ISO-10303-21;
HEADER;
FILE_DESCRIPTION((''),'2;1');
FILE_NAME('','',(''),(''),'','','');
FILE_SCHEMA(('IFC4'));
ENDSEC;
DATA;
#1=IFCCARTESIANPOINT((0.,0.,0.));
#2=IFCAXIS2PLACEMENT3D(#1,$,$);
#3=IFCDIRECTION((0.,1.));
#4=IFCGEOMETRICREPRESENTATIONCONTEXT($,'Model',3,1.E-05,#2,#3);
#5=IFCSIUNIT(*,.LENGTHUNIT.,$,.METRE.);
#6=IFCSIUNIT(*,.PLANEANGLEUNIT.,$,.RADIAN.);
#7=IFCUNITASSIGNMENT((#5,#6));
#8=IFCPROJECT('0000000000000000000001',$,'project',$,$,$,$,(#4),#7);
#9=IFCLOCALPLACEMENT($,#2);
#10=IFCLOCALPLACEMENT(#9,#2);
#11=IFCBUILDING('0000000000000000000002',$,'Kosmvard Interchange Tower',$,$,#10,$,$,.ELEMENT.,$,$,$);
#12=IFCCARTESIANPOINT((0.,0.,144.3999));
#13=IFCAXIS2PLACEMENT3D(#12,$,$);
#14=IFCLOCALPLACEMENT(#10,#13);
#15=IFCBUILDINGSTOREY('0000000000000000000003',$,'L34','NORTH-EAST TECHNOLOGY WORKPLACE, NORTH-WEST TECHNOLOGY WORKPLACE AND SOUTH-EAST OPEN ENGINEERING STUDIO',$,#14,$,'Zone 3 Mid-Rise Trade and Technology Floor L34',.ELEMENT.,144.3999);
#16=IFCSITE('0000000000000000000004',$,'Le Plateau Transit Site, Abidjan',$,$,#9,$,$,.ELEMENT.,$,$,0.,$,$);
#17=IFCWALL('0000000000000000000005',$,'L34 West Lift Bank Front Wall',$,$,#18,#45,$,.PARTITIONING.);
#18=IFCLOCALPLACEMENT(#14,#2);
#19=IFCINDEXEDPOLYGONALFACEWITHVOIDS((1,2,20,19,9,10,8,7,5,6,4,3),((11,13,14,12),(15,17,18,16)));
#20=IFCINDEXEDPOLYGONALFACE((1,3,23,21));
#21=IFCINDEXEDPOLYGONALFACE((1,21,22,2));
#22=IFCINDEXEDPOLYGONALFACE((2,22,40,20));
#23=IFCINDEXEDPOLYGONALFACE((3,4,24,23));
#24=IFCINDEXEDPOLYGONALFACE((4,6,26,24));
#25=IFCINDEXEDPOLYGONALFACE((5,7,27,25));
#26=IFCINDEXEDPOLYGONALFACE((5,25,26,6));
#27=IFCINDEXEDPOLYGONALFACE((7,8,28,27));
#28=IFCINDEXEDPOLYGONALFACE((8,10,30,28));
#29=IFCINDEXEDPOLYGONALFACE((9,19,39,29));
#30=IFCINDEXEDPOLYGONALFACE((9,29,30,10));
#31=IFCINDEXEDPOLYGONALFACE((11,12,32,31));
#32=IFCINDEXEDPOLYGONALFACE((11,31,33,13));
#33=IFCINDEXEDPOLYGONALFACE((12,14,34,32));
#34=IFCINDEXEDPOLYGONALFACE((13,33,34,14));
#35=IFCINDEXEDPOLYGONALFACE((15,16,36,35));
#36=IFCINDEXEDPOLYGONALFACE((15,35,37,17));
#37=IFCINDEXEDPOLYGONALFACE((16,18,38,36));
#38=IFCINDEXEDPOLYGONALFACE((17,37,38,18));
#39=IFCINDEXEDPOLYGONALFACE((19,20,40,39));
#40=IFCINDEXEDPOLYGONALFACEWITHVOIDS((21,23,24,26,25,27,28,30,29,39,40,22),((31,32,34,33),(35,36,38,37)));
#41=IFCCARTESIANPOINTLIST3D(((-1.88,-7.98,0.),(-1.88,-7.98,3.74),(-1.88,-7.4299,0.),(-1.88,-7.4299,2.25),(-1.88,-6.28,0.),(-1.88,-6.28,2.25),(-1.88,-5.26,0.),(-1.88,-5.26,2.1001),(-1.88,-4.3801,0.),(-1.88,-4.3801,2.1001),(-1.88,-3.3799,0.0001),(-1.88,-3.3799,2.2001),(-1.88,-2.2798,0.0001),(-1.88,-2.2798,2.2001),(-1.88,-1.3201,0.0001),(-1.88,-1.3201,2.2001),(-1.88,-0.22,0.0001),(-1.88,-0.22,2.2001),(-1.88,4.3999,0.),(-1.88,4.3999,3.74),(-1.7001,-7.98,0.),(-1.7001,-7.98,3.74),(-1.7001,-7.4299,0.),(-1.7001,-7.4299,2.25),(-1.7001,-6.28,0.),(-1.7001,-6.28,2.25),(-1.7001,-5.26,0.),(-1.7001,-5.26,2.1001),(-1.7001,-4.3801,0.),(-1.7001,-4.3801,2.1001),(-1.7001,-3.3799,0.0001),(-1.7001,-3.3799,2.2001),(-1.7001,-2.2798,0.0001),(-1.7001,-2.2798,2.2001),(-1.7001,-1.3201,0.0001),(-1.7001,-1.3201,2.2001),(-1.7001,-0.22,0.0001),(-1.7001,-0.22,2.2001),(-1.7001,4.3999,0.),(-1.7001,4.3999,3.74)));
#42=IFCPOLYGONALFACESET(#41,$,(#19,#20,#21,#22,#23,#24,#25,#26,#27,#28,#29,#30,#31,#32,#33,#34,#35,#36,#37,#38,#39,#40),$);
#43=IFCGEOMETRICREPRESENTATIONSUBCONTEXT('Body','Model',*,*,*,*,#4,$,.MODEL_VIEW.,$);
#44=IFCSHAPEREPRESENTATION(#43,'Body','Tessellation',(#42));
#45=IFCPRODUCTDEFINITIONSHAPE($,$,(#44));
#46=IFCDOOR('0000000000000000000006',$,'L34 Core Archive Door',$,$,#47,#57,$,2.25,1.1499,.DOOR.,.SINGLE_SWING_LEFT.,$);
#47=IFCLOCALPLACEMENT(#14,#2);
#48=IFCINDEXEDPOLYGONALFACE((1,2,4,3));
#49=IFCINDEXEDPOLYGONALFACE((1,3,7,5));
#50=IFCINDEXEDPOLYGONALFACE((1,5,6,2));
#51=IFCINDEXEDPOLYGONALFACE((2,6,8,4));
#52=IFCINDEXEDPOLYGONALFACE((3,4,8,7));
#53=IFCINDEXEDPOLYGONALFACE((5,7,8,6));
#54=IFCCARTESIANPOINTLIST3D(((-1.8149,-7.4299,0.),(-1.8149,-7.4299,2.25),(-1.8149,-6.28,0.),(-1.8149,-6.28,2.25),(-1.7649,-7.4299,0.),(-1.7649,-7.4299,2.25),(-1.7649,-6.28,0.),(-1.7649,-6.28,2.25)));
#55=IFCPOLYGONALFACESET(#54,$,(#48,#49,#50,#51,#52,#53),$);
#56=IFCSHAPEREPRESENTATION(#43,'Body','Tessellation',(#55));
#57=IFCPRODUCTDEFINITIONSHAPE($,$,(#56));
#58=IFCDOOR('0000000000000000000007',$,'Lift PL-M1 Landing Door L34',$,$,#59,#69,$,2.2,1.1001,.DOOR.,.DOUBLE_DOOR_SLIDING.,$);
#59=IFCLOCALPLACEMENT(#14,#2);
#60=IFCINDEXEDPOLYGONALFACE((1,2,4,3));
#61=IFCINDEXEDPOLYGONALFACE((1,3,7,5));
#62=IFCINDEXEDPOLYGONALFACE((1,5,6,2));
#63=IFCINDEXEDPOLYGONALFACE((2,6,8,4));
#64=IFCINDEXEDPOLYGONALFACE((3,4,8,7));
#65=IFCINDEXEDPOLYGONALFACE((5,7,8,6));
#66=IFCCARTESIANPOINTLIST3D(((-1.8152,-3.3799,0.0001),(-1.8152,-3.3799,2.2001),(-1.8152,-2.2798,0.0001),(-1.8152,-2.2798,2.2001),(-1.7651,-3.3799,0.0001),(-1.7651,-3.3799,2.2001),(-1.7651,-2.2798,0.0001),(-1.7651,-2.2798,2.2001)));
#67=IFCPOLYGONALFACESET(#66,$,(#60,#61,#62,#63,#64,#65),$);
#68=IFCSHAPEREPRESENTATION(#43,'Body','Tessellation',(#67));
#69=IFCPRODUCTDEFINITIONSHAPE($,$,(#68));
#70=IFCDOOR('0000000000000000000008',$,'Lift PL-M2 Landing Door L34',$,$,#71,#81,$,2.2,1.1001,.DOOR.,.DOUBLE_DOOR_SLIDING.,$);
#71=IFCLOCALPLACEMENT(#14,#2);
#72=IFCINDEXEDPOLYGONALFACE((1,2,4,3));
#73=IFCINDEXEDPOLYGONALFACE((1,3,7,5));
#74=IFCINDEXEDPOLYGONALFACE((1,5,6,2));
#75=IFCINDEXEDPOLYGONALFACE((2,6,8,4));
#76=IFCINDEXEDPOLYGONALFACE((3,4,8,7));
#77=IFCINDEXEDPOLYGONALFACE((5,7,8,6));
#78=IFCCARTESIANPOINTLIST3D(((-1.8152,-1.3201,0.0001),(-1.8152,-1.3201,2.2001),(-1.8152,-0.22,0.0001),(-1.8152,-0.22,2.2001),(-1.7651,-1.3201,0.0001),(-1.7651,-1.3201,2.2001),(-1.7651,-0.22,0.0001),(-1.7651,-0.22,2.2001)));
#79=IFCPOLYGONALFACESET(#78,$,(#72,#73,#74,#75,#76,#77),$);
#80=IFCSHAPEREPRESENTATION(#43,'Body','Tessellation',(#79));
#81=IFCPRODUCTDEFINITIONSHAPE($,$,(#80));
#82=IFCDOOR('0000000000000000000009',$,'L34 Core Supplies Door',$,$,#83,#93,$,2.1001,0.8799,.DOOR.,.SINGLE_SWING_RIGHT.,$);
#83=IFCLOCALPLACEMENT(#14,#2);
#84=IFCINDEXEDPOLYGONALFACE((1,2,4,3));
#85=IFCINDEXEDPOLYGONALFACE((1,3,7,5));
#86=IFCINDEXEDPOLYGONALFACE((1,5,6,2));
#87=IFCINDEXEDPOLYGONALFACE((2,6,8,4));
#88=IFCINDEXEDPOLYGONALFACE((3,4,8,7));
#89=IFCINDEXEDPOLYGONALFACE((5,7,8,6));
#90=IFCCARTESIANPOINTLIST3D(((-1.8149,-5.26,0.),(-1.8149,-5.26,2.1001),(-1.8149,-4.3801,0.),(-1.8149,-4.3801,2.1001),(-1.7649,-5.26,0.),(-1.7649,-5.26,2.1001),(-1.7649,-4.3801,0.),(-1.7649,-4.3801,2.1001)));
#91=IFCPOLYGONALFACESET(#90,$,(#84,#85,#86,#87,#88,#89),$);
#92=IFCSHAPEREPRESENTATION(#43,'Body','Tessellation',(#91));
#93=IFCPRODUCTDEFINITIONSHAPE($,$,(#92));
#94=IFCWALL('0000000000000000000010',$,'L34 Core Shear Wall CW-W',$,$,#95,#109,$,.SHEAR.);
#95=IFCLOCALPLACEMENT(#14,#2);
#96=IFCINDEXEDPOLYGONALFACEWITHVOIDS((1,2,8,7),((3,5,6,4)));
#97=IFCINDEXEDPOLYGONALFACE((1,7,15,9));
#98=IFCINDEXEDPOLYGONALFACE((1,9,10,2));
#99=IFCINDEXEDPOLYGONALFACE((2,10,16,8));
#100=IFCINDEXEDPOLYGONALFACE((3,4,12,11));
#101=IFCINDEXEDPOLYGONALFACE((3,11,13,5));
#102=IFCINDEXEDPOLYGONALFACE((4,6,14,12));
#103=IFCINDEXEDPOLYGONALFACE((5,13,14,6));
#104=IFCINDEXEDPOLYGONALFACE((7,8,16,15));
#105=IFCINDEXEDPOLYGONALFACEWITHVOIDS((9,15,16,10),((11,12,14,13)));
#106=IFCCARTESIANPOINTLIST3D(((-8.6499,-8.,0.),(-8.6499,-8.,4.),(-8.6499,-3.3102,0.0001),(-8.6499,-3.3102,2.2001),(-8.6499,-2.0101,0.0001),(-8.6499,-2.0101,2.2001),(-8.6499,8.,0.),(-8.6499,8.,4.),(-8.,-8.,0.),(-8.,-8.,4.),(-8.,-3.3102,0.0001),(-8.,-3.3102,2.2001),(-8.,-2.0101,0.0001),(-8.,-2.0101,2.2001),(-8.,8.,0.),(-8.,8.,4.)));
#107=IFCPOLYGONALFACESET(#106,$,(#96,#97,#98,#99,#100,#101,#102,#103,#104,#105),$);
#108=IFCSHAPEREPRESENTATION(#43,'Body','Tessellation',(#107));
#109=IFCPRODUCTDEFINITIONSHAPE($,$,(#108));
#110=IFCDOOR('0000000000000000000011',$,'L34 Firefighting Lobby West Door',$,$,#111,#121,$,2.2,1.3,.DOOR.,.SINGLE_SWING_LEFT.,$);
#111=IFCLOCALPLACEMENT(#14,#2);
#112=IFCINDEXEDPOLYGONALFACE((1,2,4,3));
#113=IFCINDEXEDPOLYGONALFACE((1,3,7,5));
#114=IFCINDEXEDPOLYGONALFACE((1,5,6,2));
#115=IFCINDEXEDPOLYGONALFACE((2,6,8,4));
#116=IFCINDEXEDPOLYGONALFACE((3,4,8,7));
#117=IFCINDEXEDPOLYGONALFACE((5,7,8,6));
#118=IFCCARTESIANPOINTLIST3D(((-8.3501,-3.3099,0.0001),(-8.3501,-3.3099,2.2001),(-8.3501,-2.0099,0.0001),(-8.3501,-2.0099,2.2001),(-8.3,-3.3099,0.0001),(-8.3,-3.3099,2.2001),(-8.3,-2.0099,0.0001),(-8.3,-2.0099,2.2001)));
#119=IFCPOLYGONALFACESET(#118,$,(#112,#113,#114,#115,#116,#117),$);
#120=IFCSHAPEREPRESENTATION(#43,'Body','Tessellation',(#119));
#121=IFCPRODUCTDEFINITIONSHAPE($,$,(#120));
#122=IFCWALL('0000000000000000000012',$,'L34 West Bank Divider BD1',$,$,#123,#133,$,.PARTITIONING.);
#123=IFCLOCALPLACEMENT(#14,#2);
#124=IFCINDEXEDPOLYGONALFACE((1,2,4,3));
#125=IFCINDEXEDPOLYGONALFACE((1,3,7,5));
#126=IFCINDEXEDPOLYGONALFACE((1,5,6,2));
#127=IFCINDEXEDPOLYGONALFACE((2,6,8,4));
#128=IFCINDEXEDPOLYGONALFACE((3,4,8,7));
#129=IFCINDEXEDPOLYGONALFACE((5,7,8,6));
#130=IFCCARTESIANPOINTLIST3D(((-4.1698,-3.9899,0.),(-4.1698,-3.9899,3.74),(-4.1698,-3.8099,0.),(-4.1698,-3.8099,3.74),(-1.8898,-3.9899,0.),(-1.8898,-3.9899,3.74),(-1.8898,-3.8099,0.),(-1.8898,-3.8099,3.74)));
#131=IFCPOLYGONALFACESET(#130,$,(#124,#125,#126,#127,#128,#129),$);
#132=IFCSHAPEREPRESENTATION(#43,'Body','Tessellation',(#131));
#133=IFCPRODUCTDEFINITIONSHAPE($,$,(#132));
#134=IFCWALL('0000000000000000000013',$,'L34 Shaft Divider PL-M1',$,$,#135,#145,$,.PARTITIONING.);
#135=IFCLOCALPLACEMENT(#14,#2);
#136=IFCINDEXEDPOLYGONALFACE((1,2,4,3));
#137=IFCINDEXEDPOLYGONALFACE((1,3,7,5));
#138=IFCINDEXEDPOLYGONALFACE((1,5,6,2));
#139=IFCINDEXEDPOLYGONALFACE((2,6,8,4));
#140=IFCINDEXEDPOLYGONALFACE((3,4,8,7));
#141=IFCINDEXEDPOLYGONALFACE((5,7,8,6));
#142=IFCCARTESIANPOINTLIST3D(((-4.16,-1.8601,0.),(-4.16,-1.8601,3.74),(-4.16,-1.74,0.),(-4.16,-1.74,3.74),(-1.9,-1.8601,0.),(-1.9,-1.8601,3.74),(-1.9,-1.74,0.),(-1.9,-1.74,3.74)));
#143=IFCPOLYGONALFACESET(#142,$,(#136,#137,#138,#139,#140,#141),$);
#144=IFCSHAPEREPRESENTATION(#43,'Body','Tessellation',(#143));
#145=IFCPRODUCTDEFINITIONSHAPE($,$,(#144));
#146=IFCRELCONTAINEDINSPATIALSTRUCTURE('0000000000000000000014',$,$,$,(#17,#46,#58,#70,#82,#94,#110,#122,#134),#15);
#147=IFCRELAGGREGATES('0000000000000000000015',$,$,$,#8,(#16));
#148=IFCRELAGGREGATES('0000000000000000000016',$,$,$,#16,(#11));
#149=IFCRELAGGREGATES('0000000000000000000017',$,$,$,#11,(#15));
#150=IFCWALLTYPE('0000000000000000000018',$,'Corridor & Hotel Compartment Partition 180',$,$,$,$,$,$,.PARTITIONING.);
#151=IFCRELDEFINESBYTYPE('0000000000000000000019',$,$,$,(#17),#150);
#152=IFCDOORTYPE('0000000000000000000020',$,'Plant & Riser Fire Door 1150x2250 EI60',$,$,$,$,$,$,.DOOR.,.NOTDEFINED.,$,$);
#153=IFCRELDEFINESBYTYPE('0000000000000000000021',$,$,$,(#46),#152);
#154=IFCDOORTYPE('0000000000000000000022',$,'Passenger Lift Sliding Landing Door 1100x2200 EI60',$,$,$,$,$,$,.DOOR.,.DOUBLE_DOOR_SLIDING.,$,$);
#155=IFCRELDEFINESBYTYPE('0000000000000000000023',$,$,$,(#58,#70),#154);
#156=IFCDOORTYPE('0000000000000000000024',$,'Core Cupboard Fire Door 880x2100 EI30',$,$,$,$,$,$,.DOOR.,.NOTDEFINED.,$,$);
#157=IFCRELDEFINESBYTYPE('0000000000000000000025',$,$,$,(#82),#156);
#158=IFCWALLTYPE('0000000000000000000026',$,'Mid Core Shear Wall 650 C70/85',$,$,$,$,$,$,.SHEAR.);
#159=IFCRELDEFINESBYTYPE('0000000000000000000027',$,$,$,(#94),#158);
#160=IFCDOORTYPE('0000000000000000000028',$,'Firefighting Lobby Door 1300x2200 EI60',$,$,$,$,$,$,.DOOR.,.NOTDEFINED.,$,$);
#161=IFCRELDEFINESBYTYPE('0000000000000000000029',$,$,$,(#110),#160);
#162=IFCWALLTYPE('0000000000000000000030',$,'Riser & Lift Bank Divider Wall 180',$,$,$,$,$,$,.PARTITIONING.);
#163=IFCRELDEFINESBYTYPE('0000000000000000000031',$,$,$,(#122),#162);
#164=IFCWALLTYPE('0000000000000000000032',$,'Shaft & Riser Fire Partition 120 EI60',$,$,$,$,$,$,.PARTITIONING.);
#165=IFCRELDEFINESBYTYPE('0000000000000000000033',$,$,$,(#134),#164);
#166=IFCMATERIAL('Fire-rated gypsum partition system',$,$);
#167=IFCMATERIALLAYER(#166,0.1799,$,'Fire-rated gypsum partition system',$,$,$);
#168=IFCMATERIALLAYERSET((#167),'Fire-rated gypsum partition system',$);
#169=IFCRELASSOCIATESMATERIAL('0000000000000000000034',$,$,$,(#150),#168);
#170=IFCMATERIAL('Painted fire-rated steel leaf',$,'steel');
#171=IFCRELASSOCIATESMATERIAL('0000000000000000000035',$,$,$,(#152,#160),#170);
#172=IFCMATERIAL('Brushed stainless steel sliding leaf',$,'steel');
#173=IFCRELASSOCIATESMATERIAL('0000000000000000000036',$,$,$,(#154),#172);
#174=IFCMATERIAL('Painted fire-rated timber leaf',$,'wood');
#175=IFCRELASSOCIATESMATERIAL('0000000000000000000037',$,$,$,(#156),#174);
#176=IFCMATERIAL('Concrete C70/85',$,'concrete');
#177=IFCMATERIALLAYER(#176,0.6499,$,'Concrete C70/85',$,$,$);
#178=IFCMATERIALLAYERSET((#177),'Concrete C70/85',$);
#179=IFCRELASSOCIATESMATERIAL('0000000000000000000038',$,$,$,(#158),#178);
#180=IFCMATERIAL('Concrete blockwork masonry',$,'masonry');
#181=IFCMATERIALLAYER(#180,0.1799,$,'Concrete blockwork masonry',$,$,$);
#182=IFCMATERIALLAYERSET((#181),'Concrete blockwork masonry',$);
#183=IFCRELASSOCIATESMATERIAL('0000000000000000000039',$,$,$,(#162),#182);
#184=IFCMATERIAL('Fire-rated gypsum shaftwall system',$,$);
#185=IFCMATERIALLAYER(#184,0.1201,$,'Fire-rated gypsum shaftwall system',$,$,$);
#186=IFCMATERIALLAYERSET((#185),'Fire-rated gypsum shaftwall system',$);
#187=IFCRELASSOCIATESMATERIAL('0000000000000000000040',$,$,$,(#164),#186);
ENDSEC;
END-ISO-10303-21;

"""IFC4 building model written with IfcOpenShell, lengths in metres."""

from ifc_helpers import new_model, si_unit, direction, frame, frame_2d, origin, place, context, subcontext, project, spatial, rectangle, extrude, source, transform, mapped, material, layer, layer_set, type_object, element, fill, save


model = new_model("IFC4")

# Units and contexts
model_context = context("Model", 3, precision=1e-05, world=origin(), true_north=direction((0.0, 1.0)))
body_context = subcontext(model_context, "Body", "Model", "MODEL_VIEW")
ifc_project = project(units=[si_unit("LENGTHUNIT", "METRE"), si_unit("PLANEANGLEUNIT", "RADIAN")], contexts=[model_context])

# Site, building, storey
site_placement = place(None, origin())
site = spatial("IfcSite", under=ifc_project, at=site_placement, Name="Le Plateau Transit Site, Abidjan", CompositionType="ELEMENT", RefElevation=0.0)
building_placement = place(site_placement, origin())
building = spatial("IfcBuilding", under=site, at=building_placement, Name="Kosmvard Interchange Tower", CompositionType="ELEMENT")
storey_placement = place(building_placement, frame((0.0, 0.0, 144.3999)))
storey = spatial("IfcBuildingStorey", under=building, at=storey_placement, Name="L34", Description="NORTH-EAST TECHNOLOGY WORKPLACE, NORTH-WEST TECHNOLOGY WORKPLACE AND SOUTH-EAST OPEN ENGINEERING STUDIO", LongName="Zone 3 Mid-Rise Trade and Technology Floor L34", CompositionType="ELEMENT", Elevation=144.3999)

# Shared definitions
ifc_material_1 = material(Name="Fire-rated gypsum partition system")

# Wall, openings, doors
ifc_layer_1 = layer(ifc_material_1, 0.1799, Name="Fire-rated gypsum partition system")
ifc_layer_set_1 = layer_set([ifc_layer_1], Name="Fire-rated gypsum partition system")
wall_type_1 = type_object("IfcWallType", Name="Corridor & Hotel Compartment Partition 180", PredefinedType="PARTITIONING", material=ifc_layer_set_1)
wall_1_placement = place(storey_placement, frame((-1.79, -7.98, 0.0), z_axis=(0.0, 0.0, 1.0), x_axis=(0.0, 1.0, 0.0)))
wall_1 = element("IfcWall", 1, at=wall_1_placement, inside=storey, type_object=wall_type_1, Name="L34 West Lift Bank Front Wall", PredefinedType="PARTITIONING", context=body_context, shape_type="SweptSolid", body=[
    extrude(rectangle(XDim=12.3799, YDim=0.1799, at=frame_2d((6.1899, 0.0))), origin(), (0.0, 0.0, 1.0), 3.74),
])
opening_1_placement = place(wall_1_placement, frame((4.6001, 0.0, 0.0)))
opening_1 = element("IfcOpeningElement", 2, at=opening_1_placement, cuts=wall_1, PredefinedType="OPENING", context=body_context, shape_type="SweptSolid", body=[
    extrude(rectangle(XDim=1.1001, YDim=2.2, at=frame_2d((0.55, 1.1001))), frame((0.0, 0.1001, 0.0), z_axis=(0.0, -1.0, 0.0), x_axis=(1.0, 0.0, 0.0)), (0.0, 0.0, 1.0), 0.2),
])
opening_2_placement = place(wall_1_placement, frame((6.6599, 0.0, 0.0)))
opening_2 = element("IfcOpeningElement", 3, at=opening_2_placement, cuts=wall_1, PredefinedType="OPENING", context=body_context, shape_type="SweptSolid", body=[
    extrude(rectangle(XDim=1.1001, YDim=2.2, at=frame_2d((0.55, 1.1001))), frame((0.0, 0.1001, 0.0), z_axis=(0.0, -1.0, 0.0), x_axis=(1.0, 0.0, 0.0)), (0.0, 0.0, 1.0), 0.2),
])
opening_3_placement = place(wall_1_placement, frame((0.55, 0.0, 0.0)))
opening_3 = element("IfcOpeningElement", 4, at=opening_3_placement, cuts=wall_1, PredefinedType="OPENING", context=body_context, shape_type="SweptSolid", body=[
    extrude(rectangle(XDim=1.1499, YDim=2.25, at=frame_2d((0.575, 1.125))), frame((0.0, 0.1001, 0.0), z_axis=(0.0, -1.0, 0.0), x_axis=(1.0, 0.0, 0.0)), (0.0, 0.0, 1.0), 0.2),
])
opening_4_placement = place(wall_1_placement, frame((2.72, 0.0, 0.0)))
opening_4 = element("IfcOpeningElement", 5, at=opening_4_placement, cuts=wall_1, PredefinedType="OPENING", context=body_context, shape_type="SweptSolid", body=[
    extrude(rectangle(XDim=0.8799, YDim=2.1001, at=frame_2d((0.4399, 1.05))), frame((0.0, 0.1001, 0.0), z_axis=(0.0, -1.0, 0.0), x_axis=(1.0, 0.0, 0.0)), (0.0, 0.0, 1.0), 0.2),
])
ifc_material_2 = material(Name="Painted fire-rated steel leaf", Category="steel")
door_type_1 = type_object("IfcDoorType", Name="Plant & Riser Fire Door 1150x2250 EI60", OperationType="NOTDEFINED", PredefinedType="DOOR", material=ifc_material_2)
shared_shape_1 = source(origin(), body_context, "Body", "SweptSolid", [
    extrude(rectangle(XDim=1.1499, YDim=2.25, at=frame_2d((0.575, 1.125))), frame((0.0, 0.0249, 0.0), z_axis=(0.0, -1.0, 0.0), x_axis=(1.0, 0.0, 0.0)), (0.0, 0.0, 1.0), 0.05),
])
door_1_placement = place(opening_3_placement, origin())
door_1 = element("IfcDoor", 6, at=door_1_placement, inside=storey, type_object=door_type_1, Name="L34 Core Archive Door", OperationType="SINGLE_SWING_LEFT", OverallHeight=2.25, OverallWidth=1.1499, PredefinedType="DOOR", context=body_context, shape_type="MappedRepresentation", body=[
    mapped(shared_shape_1, transform((0.0, 0.0, 0.0), scale=1.0)),
])
fill(opening_3, door_1)
ifc_material_3 = material(Name="Brushed stainless steel sliding leaf", Category="steel")
door_type_2 = type_object("IfcDoorType", Name="Passenger Lift Sliding Landing Door 1100x2200 EI60", OperationType="DOUBLE_DOOR_SLIDING", PredefinedType="DOOR", material=ifc_material_3)
shared_shape_2 = source(origin(), body_context, "Body", "SweptSolid", [
    extrude(rectangle(XDim=1.1001, YDim=2.2, at=frame_2d((0.55, 1.1001))), frame((0.0, 0.0249, 0.0), z_axis=(0.0, -1.0, 0.0), x_axis=(1.0, 0.0, 0.0)), (0.0, 0.0, 1.0), 0.05),
])
door_2_placement = place(opening_1_placement, frame((1.1001, 0.0, 0.0), z_axis=(0.0, 0.0, 1.0), x_axis=(-1.0, 0.0, 0.0)))
door_2 = element("IfcDoor", 7, at=door_2_placement, inside=storey, type_object=door_type_2, Name="Lift PL-M1 Landing Door L34", OperationType="DOUBLE_DOOR_SLIDING", OverallHeight=2.2, OverallWidth=1.1001, PredefinedType="DOOR", context=body_context, shape_type="MappedRepresentation", body=[
    mapped(shared_shape_2, transform((0.0, 0.0, 0.0), scale=1.0)),
])
fill(opening_1, door_2)
door_3_placement = place(opening_2_placement, frame((1.1001, 0.0, 0.0), z_axis=(0.0, 0.0, 1.0), x_axis=(-1.0, 0.0, 0.0)))
door_3 = element("IfcDoor", 8, at=door_3_placement, inside=storey, type_object=door_type_2, Name="Lift PL-M2 Landing Door L34", OperationType="DOUBLE_DOOR_SLIDING", OverallHeight=2.2, OverallWidth=1.1001, PredefinedType="DOOR", context=body_context, shape_type="MappedRepresentation", body=[
    mapped(shared_shape_2, transform((0.0, 0.0, 0.0), scale=1.0)),
])
fill(opening_2, door_3)
ifc_material_4 = material(Name="Painted fire-rated timber leaf", Category="wood")
door_type_3 = type_object("IfcDoorType", Name="Core Cupboard Fire Door 880x2100 EI30", OperationType="NOTDEFINED", PredefinedType="DOOR", material=ifc_material_4)
shared_shape_3 = source(origin(), body_context, "Body", "SweptSolid", [
    extrude(rectangle(XDim=0.8799, YDim=2.1001, at=frame_2d((0.4399, 1.05))), frame((0.0, 0.0249, 0.0), z_axis=(0.0, -1.0, 0.0), x_axis=(1.0, 0.0, 0.0)), (0.0, 0.0, 1.0), 0.05),
])
door_4_placement = place(opening_4_placement, origin())
door_4 = element("IfcDoor", 9, at=door_4_placement, inside=storey, type_object=door_type_3, Name="L34 Core Supplies Door", OperationType="SINGLE_SWING_RIGHT", OverallHeight=2.1001, OverallWidth=0.8799, PredefinedType="DOOR", context=body_context, shape_type="MappedRepresentation", body=[
    mapped(shared_shape_3, transform((0.0, 0.0, 0.0), scale=1.0)),
])
fill(opening_4, door_4)

# Wall, opening, door
ifc_material_5 = material(Name="Concrete C70/85", Category="concrete")
ifc_layer_2 = layer(ifc_material_5, 0.6499, Name="Concrete C70/85")
ifc_layer_set_2 = layer_set([ifc_layer_2], Name="Concrete C70/85")
wall_type_2 = type_object("IfcWallType", Name="Mid Core Shear Wall 650 C70/85", PredefinedType="SHEAR", material=ifc_layer_set_2)
wall_2_placement = place(storey_placement, frame((-8.325, -8.0, 0.0), z_axis=(0.0, 0.0, 1.0), x_axis=(0.0, 1.0, 0.0)))
wall_2 = element("IfcWall", 10, at=wall_2_placement, inside=storey, type_object=wall_type_2, Name="L34 Core Shear Wall CW-W", PredefinedType="SHEAR", context=body_context, shape_type="SweptSolid", body=[
    extrude(rectangle(XDim=16.0, YDim=0.6499, at=frame_2d((8.0, 0.0))), origin(), (0.0, 0.0, 1.0), 4.0),
])
opening_5_placement = place(wall_2_placement, frame((4.6899, 0.0, 0.0)))
opening_5 = element("IfcOpeningElement", 11, at=opening_5_placement, cuts=wall_2, PredefinedType="OPENING", context=body_context, shape_type="SweptSolid", body=[
    extrude(rectangle(XDim=1.3, YDim=2.2, at=frame_2d((0.6499, 1.1001))), frame((0.0, 0.335, 0.0), z_axis=(0.0, -1.0, 0.0), x_axis=(1.0, 0.0, 0.0)), (0.0, 0.0, 1.0), 0.6699),
])
door_type_4 = type_object("IfcDoorType", Name="Firefighting Lobby Door 1300x2200 EI60", OperationType="NOTDEFINED", PredefinedType="DOOR", material=ifc_material_2)
shared_shape_4 = source(origin(), body_context, "Body", "SweptSolid", [
    extrude(rectangle(XDim=1.3, YDim=2.2, at=frame_2d((0.6499, 1.1001))), frame((0.0, 0.0249, 0.0), z_axis=(0.0, -1.0, 0.0), x_axis=(1.0, 0.0, 0.0)), (0.0, 0.0, 1.0), 0.05),
])
door_5_placement = place(opening_5_placement, frame((1.3, 0.0, 0.0), z_axis=(0.0, 0.0, 1.0), x_axis=(-1.0, 0.0, 0.0)))
door_5 = element("IfcDoor", 12, at=door_5_placement, inside=storey, type_object=door_type_4, Name="L34 Firefighting Lobby West Door", OperationType="SINGLE_SWING_LEFT", OverallHeight=2.2, OverallWidth=1.3, PredefinedType="DOOR", context=body_context, shape_type="MappedRepresentation", body=[
    mapped(shared_shape_4, transform((0.0, 0.0, 0.0), scale=1.0)),
])
fill(opening_5, door_5)

# Walls
ifc_material_6 = material(Name="Concrete blockwork masonry", Category="masonry")
ifc_layer_3 = layer(ifc_material_6, 0.1799, Name="Concrete blockwork masonry")
ifc_layer_set_3 = layer_set([ifc_layer_3], Name="Concrete blockwork masonry")
wall_type_3 = type_object("IfcWallType", Name="Riser & Lift Bank Divider Wall 180", PredefinedType="PARTITIONING", material=ifc_layer_set_3)
wall_3_placement = place(storey_placement, frame((-4.1699, -3.8999, 0.0), z_axis=(0.0, 0.0, 1.0), x_axis=(1.0, 0.0, 0.0)))
element("IfcWall", 13, at=wall_3_placement, inside=storey, type_object=wall_type_3, Name="L34 West Bank Divider BD1", PredefinedType="PARTITIONING", context=body_context, shape_type="SweptSolid", body=[
    extrude(rectangle(XDim=2.28, YDim=0.1799, at=frame_2d((1.1401, 0.0))), origin(), (0.0, 0.0, 1.0), 3.74),
])
ifc_material_7 = material(Name="Fire-rated gypsum shaftwall system")
ifc_layer_4 = layer(ifc_material_7, 0.1201, Name="Fire-rated gypsum shaftwall system")
ifc_layer_set_4 = layer_set([ifc_layer_4], Name="Fire-rated gypsum shaftwall system")
wall_type_4 = type_object("IfcWallType", Name="Shaft & Riser Fire Partition 120 EI60", PredefinedType="PARTITIONING", material=ifc_layer_set_4)
wall_4_placement = place(storey_placement, frame((-4.1599, -1.8, 0.0), z_axis=(0.0, 0.0, 1.0), x_axis=(1.0, 0.0, 0.0)))
element("IfcWall", 14, at=wall_4_placement, inside=storey, type_object=wall_type_4, Name="L34 Shaft Divider PL-M1", PredefinedType="PARTITIONING", context=body_context, shape_type="SweptSolid", body=[
    extrude(rectangle(XDim=2.26, YDim=0.1201, at=frame_2d((1.1299, 0.0))), origin(), (0.0, 0.0, 1.0), 3.74),
])

save(model, "model.ifc")
